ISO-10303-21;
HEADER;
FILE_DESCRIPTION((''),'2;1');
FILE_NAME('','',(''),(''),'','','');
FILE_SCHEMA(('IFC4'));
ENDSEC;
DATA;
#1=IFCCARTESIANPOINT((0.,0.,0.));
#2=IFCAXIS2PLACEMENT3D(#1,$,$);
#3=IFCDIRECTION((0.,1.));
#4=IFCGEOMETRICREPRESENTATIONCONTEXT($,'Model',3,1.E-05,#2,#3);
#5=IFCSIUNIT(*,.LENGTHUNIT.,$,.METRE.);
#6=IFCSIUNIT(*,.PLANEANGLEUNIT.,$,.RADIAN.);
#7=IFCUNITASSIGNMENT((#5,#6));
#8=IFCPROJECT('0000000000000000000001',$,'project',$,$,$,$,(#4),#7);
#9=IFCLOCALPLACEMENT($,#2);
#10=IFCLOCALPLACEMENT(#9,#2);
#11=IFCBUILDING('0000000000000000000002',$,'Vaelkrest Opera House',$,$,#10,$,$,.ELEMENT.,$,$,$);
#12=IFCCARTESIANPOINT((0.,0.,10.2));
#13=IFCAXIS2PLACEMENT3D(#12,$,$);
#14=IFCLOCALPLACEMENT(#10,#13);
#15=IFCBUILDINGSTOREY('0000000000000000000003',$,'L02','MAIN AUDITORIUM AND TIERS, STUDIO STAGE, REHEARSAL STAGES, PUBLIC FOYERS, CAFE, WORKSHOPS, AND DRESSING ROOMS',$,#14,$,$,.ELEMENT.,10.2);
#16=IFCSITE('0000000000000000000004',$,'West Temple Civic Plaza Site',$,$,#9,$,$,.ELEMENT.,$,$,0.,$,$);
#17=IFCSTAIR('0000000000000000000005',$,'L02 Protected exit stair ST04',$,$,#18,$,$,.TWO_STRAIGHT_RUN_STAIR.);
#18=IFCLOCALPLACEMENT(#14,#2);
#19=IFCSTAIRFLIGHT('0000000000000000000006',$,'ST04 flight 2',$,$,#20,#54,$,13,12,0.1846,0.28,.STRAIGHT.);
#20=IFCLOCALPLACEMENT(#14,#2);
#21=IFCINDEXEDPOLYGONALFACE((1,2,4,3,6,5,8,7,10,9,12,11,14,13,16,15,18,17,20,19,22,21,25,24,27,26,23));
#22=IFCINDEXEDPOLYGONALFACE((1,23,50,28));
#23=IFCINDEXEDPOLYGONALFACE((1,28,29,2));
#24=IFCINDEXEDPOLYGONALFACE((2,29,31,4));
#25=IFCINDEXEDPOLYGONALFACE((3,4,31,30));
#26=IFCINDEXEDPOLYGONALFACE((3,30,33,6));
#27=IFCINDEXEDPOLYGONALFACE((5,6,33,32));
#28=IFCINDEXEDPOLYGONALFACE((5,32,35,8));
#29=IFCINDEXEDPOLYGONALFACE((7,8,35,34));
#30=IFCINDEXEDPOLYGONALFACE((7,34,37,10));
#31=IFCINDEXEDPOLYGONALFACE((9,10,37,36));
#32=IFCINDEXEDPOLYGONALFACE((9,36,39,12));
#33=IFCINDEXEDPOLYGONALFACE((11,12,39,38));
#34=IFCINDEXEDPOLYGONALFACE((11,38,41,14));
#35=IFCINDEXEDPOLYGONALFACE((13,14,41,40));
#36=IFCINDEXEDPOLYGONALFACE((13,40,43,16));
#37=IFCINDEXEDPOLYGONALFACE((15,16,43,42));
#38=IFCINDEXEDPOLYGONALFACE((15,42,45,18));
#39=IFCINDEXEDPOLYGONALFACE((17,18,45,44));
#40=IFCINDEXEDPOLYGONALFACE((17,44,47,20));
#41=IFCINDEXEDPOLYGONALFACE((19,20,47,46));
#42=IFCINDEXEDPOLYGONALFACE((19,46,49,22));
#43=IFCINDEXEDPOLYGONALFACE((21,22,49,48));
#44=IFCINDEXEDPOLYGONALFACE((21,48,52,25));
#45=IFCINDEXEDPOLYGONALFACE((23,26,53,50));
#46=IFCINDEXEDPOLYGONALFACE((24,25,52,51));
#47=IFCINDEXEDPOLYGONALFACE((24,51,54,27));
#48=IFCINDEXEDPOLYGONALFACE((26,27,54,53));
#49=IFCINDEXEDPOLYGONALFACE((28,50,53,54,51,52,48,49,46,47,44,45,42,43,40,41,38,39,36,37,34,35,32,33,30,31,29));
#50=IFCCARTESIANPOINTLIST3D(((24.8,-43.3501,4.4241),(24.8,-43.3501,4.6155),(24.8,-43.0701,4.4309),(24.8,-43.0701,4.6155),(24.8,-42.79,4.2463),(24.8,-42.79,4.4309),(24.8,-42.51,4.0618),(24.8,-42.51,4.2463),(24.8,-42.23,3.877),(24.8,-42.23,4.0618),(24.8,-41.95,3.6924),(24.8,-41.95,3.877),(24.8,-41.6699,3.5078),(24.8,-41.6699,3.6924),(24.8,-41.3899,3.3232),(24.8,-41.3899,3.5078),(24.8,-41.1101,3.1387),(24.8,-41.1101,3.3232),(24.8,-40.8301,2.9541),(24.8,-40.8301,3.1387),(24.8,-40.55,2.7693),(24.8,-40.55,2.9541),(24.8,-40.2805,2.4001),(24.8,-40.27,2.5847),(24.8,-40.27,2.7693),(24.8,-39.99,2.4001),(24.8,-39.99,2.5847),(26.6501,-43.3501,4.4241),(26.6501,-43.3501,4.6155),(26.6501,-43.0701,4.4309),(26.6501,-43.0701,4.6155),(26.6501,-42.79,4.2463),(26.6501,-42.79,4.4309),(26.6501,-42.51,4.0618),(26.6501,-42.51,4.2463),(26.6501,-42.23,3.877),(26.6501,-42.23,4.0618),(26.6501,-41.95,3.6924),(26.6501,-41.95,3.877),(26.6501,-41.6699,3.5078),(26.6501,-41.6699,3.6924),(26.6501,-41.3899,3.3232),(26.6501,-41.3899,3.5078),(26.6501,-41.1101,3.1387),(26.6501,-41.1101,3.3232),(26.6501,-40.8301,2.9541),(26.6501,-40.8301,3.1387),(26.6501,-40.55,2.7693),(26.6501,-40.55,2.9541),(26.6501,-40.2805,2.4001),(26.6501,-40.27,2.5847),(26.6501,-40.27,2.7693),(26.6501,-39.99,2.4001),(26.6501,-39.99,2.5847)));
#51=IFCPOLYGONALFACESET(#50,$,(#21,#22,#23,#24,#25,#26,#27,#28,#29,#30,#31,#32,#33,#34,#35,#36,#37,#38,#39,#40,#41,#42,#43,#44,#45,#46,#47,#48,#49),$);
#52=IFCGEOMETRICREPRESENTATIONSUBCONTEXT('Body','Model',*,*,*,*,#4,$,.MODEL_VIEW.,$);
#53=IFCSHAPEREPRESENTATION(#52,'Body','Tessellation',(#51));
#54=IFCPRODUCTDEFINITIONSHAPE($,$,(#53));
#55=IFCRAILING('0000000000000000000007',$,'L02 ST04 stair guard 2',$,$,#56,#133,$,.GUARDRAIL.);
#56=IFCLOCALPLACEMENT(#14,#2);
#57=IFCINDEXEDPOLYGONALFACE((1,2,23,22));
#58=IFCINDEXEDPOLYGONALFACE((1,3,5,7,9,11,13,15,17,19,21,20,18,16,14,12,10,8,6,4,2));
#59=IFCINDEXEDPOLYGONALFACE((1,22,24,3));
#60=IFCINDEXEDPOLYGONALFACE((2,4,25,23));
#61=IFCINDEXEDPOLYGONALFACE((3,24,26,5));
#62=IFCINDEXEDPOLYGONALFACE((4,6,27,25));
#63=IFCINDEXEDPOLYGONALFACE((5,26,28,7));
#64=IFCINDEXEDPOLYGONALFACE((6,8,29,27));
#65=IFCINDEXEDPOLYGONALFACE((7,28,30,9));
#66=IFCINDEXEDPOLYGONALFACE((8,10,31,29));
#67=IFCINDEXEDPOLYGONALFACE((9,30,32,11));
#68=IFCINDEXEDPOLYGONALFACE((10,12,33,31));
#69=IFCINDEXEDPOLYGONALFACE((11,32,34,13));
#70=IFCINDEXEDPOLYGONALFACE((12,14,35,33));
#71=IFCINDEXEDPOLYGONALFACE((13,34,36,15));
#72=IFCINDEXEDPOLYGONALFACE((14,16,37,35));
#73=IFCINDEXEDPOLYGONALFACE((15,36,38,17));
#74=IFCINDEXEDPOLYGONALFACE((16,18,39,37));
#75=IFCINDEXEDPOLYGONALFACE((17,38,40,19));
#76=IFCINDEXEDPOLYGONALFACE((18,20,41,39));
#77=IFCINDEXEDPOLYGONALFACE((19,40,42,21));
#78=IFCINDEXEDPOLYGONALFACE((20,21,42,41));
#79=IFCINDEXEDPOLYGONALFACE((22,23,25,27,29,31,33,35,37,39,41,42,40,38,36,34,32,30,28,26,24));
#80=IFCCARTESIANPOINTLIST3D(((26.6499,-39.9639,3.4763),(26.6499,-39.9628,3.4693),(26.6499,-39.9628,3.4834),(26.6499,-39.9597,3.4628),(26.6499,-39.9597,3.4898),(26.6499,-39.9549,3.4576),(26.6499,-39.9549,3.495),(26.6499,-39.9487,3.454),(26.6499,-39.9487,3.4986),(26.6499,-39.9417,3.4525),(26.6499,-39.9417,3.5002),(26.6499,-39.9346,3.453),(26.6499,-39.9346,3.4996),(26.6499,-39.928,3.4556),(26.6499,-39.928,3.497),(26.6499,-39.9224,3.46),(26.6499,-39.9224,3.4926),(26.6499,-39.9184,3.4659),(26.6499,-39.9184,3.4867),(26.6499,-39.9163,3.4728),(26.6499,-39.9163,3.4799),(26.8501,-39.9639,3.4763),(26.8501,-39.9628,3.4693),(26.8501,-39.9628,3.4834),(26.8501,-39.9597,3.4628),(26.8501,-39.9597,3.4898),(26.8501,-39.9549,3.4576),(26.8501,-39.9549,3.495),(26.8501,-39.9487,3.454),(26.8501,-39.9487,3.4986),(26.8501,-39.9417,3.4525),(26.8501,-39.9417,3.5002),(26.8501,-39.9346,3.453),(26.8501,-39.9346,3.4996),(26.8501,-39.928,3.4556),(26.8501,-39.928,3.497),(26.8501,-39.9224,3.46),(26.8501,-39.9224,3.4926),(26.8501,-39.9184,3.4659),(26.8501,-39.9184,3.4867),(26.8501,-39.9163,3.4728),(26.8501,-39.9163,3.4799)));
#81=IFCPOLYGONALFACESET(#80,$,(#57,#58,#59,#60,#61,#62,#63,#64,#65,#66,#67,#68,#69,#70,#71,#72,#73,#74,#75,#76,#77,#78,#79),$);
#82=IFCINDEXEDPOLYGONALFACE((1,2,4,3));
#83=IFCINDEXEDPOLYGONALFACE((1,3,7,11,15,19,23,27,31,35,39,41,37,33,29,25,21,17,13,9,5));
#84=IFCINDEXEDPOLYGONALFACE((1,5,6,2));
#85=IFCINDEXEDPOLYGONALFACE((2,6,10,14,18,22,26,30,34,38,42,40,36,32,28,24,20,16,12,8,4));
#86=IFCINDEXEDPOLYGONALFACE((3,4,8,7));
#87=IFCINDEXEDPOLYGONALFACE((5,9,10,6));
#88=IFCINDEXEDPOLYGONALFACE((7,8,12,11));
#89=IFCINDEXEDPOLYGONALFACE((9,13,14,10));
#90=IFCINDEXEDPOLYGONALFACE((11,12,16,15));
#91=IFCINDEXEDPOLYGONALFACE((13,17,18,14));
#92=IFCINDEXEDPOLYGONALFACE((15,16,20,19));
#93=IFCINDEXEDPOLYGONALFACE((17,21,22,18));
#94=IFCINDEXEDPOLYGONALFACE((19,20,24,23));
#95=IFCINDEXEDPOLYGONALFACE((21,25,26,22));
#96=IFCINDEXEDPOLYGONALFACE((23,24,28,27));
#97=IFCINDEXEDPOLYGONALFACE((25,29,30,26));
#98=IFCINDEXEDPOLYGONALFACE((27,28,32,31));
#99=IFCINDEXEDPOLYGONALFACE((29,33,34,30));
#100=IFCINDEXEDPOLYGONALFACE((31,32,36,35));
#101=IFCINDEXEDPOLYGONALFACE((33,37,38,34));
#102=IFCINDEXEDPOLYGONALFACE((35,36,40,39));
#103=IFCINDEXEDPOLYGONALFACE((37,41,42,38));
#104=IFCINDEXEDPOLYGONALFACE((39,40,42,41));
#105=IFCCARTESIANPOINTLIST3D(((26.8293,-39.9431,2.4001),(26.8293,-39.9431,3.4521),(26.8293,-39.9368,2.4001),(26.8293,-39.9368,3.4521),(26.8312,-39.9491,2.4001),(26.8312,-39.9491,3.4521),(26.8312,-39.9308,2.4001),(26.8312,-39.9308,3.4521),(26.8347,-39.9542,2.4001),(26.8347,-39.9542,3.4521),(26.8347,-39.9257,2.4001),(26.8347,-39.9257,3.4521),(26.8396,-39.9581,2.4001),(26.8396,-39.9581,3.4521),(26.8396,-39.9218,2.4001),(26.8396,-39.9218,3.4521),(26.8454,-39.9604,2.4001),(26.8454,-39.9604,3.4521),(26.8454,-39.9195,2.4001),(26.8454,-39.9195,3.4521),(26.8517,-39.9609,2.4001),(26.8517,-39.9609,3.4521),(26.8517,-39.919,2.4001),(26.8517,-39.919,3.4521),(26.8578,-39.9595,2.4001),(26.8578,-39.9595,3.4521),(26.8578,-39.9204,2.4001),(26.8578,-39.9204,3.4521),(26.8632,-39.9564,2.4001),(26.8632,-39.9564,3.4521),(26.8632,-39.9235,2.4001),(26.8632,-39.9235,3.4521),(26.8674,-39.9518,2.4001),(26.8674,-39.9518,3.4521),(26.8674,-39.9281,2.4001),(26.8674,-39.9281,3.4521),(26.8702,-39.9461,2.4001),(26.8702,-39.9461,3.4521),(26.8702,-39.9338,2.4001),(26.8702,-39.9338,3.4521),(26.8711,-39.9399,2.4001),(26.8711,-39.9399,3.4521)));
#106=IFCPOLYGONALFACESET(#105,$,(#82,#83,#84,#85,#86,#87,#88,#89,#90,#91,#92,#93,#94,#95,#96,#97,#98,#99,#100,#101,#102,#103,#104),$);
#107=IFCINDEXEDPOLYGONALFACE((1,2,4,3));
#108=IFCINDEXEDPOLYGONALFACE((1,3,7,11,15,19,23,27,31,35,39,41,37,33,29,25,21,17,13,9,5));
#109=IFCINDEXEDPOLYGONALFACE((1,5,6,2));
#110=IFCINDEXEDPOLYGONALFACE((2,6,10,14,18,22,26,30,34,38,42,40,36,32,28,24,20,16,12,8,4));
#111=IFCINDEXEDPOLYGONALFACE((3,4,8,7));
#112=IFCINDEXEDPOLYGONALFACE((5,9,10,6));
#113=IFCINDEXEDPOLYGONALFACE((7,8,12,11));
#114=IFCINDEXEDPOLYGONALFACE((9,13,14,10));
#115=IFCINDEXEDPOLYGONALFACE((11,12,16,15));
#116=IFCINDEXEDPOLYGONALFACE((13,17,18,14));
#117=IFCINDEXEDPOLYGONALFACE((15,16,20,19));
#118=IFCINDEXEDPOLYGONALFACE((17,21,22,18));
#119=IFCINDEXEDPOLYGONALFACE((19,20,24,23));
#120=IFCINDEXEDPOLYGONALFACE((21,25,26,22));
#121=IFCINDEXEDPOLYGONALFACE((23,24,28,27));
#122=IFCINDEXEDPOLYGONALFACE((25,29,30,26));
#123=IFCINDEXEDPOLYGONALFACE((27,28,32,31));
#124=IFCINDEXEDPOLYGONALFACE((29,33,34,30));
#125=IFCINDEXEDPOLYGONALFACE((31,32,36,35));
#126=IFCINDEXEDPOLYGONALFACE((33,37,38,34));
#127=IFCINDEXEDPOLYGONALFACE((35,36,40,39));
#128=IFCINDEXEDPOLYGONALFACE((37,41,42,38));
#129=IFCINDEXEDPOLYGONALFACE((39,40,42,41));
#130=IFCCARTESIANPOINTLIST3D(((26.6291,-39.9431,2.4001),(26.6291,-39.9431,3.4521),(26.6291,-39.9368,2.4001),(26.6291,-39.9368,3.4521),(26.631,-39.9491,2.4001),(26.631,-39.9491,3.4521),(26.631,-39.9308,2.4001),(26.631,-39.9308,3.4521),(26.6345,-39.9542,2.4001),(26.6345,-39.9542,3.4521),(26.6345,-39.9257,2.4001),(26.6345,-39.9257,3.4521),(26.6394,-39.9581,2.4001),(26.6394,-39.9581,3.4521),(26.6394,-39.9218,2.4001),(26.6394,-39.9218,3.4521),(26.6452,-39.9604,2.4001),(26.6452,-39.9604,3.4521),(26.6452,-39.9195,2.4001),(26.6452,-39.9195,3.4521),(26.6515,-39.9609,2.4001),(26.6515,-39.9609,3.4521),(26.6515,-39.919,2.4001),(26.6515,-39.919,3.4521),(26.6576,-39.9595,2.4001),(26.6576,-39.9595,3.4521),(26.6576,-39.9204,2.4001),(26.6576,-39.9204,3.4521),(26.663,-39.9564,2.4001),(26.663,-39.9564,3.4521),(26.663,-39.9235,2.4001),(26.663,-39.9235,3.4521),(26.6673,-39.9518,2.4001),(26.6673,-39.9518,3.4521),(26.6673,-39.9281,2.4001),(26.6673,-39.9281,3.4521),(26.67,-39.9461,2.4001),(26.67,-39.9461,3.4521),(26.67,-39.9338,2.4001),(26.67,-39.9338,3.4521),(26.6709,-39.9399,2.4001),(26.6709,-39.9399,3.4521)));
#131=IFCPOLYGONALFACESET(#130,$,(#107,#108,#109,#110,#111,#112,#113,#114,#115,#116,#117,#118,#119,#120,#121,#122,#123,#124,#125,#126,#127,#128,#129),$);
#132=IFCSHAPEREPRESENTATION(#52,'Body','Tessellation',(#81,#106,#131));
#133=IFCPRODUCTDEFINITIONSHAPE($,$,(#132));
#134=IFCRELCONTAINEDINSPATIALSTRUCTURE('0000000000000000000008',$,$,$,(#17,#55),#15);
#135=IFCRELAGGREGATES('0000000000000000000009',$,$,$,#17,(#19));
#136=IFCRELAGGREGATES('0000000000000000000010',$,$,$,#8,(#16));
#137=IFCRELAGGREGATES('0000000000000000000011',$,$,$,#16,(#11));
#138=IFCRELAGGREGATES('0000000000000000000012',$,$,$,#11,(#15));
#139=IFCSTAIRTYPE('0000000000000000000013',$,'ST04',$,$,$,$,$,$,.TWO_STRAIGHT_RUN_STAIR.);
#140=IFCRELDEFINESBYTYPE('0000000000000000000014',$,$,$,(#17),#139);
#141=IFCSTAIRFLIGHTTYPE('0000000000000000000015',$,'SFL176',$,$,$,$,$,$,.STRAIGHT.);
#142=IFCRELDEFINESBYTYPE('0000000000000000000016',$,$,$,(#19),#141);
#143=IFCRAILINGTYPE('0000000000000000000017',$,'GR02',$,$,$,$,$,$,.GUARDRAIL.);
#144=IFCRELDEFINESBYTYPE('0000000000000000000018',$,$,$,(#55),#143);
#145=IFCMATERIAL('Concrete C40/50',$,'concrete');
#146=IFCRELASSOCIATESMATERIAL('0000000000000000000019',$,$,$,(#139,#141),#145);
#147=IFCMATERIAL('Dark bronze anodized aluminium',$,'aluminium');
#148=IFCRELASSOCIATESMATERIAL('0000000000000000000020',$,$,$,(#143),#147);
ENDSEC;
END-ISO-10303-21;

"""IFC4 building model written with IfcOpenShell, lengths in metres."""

from ifc_helpers import new_model, si_unit, direction, frame, origin, origin_2d, place, context, subcontext, project, spatial, polyline, circle, outline, extrude, material, type_object, element, aggregate, save


model = new_model("IFC4")

# Units and contexts
model_context = context("Model", 3, precision=1e-05, world=origin(), true_north=direction((0.0, 1.0)))
body_context = subcontext(model_context, "Body", "Model", "MODEL_VIEW")
ifc_project = project(units=[si_unit("LENGTHUNIT", "METRE"), si_unit("PLANEANGLEUNIT", "RADIAN")], contexts=[model_context])

# Site, building, storey
site_placement = place(None, origin())
site = spatial("IfcSite", under=ifc_project, at=site_placement, Name="West Temple Civic Plaza Site", CompositionType="ELEMENT", RefElevation=0.0)
building_placement = place(site_placement, origin())
building = spatial("IfcBuilding", under=site, at=building_placement, Name="Vaelkrest Opera House", CompositionType="ELEMENT")
storey_placement = place(building_placement, frame((0.0, 0.0, 10.2)))
storey = spatial("IfcBuildingStorey", under=building, at=storey_placement, Name="L02", Description="MAIN AUDITORIUM AND TIERS, STUDIO STAGE, REHEARSAL STAGES, PUBLIC FOYERS, CAFE, WORKSHOPS, AND DRESSING ROOMS", CompositionType="ELEMENT", Elevation=10.2)

# Shared definitions
ifc_material_1 = material(Name="Dark bronze anodized aluminium", Category="aluminium")

# Stair, stair flight
ifc_material_2 = material(Name="Concrete C40/50", Category="concrete")
stair_type = type_object("IfcStairType", Name="ST04", PredefinedType="TWO_STRAIGHT_RUN_STAIR", material=ifc_material_2)
stair_placement = place(storey_placement, origin())
stair = element("IfcStair", 1, at=stair_placement, inside=storey, type_object=stair_type, Name="L02 Protected exit stair ST04", PredefinedType="TWO_STRAIGHT_RUN_STAIR")
stair_flight_type = type_object("IfcStairFlightType", Name="SFL176", PredefinedType="STRAIGHT", material=ifc_material_2)
stair_flight_1_placement = place(storey_placement, frame((25.7251, -39.99, 2.4001), z_axis=(0.0, 0.0, 1.0), x_axis=(0.0, -1.0, 0.0)))
stair_flight_1 = element("IfcStairFlight", 2, at=stair_flight_1_placement, type_object=stair_flight_type, Name="ST04 flight 2", NumberOfRisers=13, NumberOfTreads=12, PredefinedType="STRAIGHT", RiserHeight=0.1846, TreadLength=0.28, context=body_context, shape_type="SweptSolid", body=[
    extrude(outline(polyline([(0.0, 0.0), (0.0, 0.1846), (0.28, 0.1846), (0.28, 0.3691), (0.5601, 0.3691), (0.5601, 0.554), (0.8401, 0.554), (0.8401, 0.7385), (1.1201, 0.7385), (1.1201, 0.9231), (1.3999, 0.9231), (1.3999, 1.1077), (1.6799, 1.1077), (1.6799, 1.2922), (1.96, 1.2922), (1.96, 1.4768), (2.24, 1.4768), (2.24, 1.6616), (2.52, 1.6616), (2.52, 1.8462), (2.8, 1.8462), (2.8, 2.0308), (3.0801, 2.0308), (3.0801, 2.2153), (3.3601, 2.2153), (3.3601, 2.3999), (3.3601, 2.0239), (0.2905, 0.0), (0.0, 0.0)])), frame((0.0, 0.925, 0.0), z_axis=(0.0, -1.0, 0.0), x_axis=(1.0, 0.0, 0.0)), (0.0, 0.0, 1.0), 1.8501),
])
aggregate(stair, [stair_flight_1])

# Railing
railing_type_1 = type_object("IfcRailingType", Name="GR02", PredefinedType="GUARDRAIL", material=ifc_material_1)
railing_1_placement = place(storey_placement, frame((26.8501, -39.9399, 2.4001)))
element("IfcRailing", 3, at=railing_1_placement, inside=storey, type_object=railing_type_1, Name="L02 ST04 stair guard 2", PredefinedType="GUARDRAIL", context=body_context, shape_type="SweptSolid", body=[
    extrude(circle(Radius=0.0239, at=origin_2d()), frame((0.0, 0.0, 1.0762), z_axis=(-1.0, 0.0, 0.0), x_axis=(0.0, -1.0, 0.0)), (0.0, 0.0, 1.0), 0.2002),
    extrude(circle(Radius=0.021, at=origin_2d()), origin(), (0.0, 0.0, 1.0), 1.052),
    extrude(circle(Radius=0.021, at=origin_2d()), frame((-0.2002, 0.0, 0.0)), (0.0, 0.0, 1.0), 1.052),
])

save(model, "model.ifc")
